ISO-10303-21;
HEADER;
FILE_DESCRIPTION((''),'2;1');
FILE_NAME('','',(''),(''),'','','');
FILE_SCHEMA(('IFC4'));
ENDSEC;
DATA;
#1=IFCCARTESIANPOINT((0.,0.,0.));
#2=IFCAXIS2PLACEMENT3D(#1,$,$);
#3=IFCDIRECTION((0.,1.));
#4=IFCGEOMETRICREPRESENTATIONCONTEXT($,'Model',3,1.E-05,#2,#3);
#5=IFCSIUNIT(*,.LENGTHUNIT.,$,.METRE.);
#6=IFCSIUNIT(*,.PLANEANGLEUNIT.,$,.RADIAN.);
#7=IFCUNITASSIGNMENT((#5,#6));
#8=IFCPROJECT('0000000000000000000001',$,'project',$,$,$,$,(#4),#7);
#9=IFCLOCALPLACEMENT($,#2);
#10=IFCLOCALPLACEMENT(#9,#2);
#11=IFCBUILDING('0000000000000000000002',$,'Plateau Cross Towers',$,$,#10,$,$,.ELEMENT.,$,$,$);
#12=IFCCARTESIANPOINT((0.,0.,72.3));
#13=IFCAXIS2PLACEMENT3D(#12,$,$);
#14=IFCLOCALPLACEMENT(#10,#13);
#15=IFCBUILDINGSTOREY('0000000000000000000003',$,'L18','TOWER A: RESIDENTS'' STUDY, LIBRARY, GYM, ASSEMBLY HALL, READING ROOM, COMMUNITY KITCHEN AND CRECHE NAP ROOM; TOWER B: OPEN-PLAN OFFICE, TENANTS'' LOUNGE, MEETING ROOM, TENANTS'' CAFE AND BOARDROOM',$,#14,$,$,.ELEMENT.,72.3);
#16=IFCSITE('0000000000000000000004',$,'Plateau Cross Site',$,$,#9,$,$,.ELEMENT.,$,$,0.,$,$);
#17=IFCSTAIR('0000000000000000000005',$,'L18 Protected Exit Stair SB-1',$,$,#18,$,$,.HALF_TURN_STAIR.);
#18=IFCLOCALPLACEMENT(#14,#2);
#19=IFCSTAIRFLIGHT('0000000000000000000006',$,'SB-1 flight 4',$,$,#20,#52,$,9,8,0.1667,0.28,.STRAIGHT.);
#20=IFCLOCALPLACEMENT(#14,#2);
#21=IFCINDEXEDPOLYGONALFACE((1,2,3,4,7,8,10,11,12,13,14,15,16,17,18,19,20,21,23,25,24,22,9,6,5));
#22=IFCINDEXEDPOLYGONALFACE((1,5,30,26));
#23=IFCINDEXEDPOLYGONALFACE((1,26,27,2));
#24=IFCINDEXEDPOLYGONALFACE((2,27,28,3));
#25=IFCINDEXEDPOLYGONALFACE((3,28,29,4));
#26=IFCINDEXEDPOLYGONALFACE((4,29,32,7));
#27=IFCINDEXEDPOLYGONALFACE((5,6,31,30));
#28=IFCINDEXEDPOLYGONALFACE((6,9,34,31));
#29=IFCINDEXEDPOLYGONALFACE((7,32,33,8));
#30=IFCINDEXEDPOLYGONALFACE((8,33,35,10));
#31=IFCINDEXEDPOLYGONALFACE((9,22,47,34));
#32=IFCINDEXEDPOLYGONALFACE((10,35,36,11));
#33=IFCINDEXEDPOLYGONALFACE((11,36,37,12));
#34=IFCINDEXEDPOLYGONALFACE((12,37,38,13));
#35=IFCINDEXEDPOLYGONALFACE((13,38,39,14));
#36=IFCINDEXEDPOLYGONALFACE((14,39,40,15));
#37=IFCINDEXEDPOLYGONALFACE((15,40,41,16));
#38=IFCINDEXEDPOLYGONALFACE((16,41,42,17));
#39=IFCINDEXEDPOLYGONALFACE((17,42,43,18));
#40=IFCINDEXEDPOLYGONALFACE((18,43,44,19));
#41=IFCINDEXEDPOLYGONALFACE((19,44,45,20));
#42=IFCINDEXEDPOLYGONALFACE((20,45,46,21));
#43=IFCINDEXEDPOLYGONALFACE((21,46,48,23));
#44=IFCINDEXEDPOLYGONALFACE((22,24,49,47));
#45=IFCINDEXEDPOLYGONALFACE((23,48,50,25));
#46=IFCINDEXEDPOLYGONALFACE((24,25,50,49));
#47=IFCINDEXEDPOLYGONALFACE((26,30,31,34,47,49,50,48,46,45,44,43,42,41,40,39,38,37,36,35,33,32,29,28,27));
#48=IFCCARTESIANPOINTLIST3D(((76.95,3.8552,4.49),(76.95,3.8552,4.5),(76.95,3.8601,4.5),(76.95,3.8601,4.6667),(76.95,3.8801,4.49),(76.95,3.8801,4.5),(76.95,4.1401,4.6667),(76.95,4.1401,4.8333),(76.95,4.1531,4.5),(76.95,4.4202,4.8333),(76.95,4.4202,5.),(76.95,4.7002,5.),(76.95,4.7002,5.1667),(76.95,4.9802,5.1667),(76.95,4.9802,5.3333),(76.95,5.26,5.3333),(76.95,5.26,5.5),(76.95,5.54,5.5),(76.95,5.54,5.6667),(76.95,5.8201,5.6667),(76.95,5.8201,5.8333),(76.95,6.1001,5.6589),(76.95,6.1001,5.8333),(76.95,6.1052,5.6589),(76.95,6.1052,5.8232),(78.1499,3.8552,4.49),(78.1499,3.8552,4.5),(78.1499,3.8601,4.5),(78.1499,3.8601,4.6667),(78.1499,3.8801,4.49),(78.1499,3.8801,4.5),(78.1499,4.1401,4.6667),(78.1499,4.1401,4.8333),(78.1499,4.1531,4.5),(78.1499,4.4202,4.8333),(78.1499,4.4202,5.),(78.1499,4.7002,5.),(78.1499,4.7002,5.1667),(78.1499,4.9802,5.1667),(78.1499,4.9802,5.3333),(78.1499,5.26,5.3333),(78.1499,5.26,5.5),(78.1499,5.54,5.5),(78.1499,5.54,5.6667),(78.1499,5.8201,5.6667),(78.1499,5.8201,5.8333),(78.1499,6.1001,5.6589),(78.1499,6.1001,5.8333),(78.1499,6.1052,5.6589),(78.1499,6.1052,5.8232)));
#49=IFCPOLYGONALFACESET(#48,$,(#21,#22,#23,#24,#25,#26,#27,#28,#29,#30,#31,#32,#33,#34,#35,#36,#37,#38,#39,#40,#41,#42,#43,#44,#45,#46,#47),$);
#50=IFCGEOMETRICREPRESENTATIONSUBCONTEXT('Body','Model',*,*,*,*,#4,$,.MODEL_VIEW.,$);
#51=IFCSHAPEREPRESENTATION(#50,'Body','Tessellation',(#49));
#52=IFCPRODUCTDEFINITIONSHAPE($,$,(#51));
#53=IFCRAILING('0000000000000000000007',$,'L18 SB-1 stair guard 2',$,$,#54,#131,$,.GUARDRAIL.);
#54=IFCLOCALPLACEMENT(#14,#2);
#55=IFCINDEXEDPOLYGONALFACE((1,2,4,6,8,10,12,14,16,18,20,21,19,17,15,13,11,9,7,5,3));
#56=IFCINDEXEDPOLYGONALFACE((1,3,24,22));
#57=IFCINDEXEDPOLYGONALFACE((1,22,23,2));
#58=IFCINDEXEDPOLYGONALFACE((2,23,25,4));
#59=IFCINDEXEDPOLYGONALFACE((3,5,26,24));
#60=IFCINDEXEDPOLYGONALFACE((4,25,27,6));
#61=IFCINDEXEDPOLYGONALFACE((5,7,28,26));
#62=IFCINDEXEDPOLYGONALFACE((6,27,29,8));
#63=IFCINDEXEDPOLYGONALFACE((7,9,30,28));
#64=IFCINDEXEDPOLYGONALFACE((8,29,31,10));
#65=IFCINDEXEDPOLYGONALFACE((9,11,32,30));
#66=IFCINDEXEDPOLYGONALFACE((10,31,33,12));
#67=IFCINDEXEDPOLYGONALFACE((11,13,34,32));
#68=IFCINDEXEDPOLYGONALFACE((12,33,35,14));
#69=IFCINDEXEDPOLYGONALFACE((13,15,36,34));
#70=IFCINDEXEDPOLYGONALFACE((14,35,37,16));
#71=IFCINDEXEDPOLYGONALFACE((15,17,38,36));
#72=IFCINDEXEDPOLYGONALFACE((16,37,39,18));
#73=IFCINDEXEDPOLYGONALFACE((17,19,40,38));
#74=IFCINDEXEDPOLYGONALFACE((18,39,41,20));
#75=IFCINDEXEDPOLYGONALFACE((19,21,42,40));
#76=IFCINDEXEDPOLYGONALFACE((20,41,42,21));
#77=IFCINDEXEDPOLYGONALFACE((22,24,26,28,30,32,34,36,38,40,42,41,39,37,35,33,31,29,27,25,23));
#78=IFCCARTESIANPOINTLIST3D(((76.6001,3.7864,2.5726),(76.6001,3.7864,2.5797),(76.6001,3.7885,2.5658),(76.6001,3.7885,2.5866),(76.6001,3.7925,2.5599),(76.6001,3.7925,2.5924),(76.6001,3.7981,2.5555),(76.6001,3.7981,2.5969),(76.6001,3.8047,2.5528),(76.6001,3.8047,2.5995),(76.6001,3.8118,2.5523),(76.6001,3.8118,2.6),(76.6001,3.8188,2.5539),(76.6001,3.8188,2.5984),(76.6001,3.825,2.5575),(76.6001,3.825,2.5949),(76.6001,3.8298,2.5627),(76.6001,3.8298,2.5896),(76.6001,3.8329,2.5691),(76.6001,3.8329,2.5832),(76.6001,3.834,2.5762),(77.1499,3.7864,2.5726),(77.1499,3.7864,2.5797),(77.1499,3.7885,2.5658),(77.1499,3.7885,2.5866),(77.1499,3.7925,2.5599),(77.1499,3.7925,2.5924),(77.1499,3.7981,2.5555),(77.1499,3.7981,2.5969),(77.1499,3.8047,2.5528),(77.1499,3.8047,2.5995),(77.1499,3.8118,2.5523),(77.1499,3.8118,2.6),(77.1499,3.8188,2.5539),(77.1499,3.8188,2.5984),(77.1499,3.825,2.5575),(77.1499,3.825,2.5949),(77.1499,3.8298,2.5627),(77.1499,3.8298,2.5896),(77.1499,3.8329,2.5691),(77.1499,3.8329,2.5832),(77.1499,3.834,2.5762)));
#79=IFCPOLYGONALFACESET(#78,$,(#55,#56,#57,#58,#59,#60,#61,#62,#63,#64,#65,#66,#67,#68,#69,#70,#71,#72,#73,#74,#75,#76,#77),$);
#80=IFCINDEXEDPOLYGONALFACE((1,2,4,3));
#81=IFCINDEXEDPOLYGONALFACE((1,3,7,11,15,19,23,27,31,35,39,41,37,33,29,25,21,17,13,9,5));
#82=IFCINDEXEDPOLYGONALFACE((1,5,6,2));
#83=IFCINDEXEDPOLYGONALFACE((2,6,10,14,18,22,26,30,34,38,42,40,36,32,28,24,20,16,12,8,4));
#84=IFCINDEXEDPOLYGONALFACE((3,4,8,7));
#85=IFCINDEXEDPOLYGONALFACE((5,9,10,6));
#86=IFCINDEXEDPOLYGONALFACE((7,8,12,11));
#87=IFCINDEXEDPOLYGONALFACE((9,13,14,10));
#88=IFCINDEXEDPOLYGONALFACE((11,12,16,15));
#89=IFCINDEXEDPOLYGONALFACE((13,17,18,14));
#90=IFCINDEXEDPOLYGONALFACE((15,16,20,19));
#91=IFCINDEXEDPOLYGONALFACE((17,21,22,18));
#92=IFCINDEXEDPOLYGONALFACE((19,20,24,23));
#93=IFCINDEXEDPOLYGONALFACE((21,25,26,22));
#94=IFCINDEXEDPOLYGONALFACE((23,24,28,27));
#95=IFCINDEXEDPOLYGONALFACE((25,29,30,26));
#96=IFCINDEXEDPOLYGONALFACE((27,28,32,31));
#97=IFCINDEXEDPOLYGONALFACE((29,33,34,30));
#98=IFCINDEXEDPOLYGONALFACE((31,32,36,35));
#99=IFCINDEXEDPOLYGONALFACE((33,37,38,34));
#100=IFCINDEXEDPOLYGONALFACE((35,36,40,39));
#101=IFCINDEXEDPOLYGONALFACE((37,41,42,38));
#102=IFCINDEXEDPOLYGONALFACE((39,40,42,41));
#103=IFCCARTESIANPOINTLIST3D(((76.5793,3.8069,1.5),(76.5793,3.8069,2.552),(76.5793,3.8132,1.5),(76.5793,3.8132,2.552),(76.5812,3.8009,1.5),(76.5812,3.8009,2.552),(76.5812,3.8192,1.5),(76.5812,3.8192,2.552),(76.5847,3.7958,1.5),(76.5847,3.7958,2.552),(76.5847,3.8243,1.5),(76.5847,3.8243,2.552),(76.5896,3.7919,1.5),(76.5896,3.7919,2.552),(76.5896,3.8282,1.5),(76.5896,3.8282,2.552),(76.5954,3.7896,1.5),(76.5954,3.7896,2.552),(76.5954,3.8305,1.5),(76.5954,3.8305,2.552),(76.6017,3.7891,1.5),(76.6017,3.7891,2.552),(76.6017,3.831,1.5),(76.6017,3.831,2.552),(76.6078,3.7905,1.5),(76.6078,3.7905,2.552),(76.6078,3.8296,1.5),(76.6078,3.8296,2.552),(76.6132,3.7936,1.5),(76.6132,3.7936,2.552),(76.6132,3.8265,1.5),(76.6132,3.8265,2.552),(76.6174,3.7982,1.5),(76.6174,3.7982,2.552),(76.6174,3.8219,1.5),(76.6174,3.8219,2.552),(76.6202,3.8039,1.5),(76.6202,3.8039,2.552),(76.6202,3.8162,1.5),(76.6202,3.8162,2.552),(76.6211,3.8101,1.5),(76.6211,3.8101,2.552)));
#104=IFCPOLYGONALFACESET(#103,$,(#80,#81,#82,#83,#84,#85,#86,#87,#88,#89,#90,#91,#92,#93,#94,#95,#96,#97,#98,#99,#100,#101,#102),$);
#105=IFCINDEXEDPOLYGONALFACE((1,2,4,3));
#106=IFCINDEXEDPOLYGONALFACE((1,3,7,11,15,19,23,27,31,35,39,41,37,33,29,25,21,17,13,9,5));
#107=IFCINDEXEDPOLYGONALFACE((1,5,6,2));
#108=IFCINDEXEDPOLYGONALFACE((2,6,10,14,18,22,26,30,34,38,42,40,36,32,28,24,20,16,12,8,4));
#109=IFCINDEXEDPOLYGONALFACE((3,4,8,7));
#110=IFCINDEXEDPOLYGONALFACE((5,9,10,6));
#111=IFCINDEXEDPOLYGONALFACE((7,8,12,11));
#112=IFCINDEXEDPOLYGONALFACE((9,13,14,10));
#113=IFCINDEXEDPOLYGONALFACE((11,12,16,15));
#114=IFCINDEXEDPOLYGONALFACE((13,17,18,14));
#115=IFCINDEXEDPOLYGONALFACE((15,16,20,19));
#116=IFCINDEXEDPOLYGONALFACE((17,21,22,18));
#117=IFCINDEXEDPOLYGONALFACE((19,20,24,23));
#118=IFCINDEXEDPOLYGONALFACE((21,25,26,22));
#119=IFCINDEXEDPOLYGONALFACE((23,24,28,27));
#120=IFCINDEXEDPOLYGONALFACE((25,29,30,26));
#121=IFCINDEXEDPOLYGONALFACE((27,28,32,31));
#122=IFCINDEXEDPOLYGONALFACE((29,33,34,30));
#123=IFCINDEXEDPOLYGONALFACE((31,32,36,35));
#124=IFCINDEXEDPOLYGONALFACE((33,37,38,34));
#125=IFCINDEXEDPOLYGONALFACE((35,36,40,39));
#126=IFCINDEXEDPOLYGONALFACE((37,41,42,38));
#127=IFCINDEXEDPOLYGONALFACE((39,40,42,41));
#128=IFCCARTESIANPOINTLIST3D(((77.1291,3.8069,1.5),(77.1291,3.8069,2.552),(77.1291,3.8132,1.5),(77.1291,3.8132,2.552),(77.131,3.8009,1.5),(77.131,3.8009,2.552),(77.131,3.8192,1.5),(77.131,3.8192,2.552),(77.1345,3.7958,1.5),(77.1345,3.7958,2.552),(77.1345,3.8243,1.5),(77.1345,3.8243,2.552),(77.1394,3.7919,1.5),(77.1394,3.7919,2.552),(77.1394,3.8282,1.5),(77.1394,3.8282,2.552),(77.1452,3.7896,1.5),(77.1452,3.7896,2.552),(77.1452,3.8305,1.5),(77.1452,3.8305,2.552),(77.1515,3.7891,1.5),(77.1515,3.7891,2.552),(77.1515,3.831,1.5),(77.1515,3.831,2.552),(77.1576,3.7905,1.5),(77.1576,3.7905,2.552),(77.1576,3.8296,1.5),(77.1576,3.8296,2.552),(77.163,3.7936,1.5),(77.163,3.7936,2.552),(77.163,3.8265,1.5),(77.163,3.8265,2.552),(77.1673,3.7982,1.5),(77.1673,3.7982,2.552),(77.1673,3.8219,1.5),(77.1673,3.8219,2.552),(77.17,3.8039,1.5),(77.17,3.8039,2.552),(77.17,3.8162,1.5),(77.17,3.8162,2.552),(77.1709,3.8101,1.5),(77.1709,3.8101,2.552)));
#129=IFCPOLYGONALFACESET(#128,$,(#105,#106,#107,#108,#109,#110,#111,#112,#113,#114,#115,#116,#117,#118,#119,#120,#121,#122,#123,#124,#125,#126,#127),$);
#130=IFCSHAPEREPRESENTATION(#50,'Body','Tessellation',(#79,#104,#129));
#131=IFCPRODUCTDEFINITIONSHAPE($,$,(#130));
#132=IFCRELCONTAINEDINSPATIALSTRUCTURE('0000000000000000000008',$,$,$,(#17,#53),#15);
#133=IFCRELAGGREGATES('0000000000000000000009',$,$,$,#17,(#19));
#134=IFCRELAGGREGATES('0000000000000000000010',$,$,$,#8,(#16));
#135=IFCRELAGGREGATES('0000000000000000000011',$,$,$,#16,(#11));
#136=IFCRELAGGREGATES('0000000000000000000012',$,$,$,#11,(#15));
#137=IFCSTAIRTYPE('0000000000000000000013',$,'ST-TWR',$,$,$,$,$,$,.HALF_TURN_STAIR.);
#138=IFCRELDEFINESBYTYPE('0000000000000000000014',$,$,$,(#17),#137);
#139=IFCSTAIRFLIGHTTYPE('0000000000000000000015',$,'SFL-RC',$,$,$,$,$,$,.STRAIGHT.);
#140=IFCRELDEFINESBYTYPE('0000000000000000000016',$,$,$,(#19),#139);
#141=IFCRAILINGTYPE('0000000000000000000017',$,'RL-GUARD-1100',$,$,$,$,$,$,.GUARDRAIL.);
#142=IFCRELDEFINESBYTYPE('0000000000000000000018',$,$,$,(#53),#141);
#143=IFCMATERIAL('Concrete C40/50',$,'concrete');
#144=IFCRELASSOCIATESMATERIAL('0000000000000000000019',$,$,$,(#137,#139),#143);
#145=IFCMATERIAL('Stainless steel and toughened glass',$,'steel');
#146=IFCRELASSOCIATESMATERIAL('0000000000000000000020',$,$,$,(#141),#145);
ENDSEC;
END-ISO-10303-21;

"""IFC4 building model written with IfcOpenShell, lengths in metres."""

from ifc_helpers import new_model, si_unit, direction, frame, origin, origin_2d, place, context, subcontext, project, spatial, polyline, circle, outline, extrude, material, type_object, element, aggregate, save


model = new_model("IFC4")

# Units and contexts
model_context = context("Model", 3, precision=1e-05, world=origin(), true_north=direction((0.0, 1.0)))
body_context = subcontext(model_context, "Body", "Model", "MODEL_VIEW")
ifc_project = project(units=[si_unit("LENGTHUNIT", "METRE"), si_unit("PLANEANGLEUNIT", "RADIAN")], contexts=[model_context])

# Site, building, storey
site_placement = place(None, origin())
site = spatial("IfcSite", under=ifc_project, at=site_placement, Name="Plateau Cross Site", CompositionType="ELEMENT", RefElevation=0.0)
building_placement = place(site_placement, origin())
building = spatial("IfcBuilding", under=site, at=building_placement, Name="Plateau Cross Towers", CompositionType="ELEMENT")
storey_placement = place(building_placement, frame((0.0, 0.0, 72.3)))
storey = spatial("IfcBuildingStorey", under=building, at=storey_placement, Name="L18", Description="TOWER A: RESIDENTS' STUDY, LIBRARY, GYM, ASSEMBLY HALL, READING ROOM, COMMUNITY KITCHEN AND CRECHE NAP ROOM; TOWER B: OPEN-PLAN OFFICE, TENANTS' LOUNGE, MEETING ROOM, TENANTS' CAFE AND BOARDROOM", CompositionType="ELEMENT", Elevation=72.3)

# Stair, stair flight
ifc_material_1 = material(Name="Concrete C40/50", Category="concrete")
stair_type = type_object("IfcStairType", Name="ST-TWR", PredefinedType="HALF_TURN_STAIR", material=ifc_material_1)
stair_placement = place(storey_placement, origin())
stair = element("IfcStair", 1, at=stair_placement, inside=storey, type_object=stair_type, Name="L18 Protected Exit Stair SB-1", PredefinedType="HALF_TURN_STAIR")
stair_flight_type = type_object("IfcStairFlightType", Name="SFL-RC", PredefinedType="STRAIGHT", material=ifc_material_1)
stair_flight_1_placement = place(storey_placement, frame((77.55, 3.8601, 4.5), z_axis=(0.0, 0.0, 1.0), x_axis=(0.0, 1.0, 0.0)))
stair_flight_1 = element("IfcStairFlight", 2, at=stair_flight_1_placement, type_object=stair_flight_type, Name="SB-1 flight 4", NumberOfRisers=9, NumberOfTreads=8, PredefinedType="STRAIGHT", RiserHeight=0.1667, TreadLength=0.28, context=body_context, shape_type="SweptSolid", body=[
    extrude(outline(polyline([(-0.0049, -0.01), (-0.0049, 0.0), (0.0, 0.0), (0.0, 0.1667), (0.28, 0.1667), (0.28, 0.3333), (0.5601, 0.3333), (0.5601, 0.5), (0.8401, 0.5), (0.8401, 0.6667), (1.1201, 0.6667), (1.1201, 0.8333), (1.3999, 0.8333), (1.3999, 1.0), (1.6799, 1.0), (1.6799, 1.1667), (1.96, 1.1667), (1.96, 1.3333), (2.24, 1.3333), (2.2451, 1.3232), (2.2451, 1.1589), (2.24, 1.1589), (0.293, 0.0), (0.02, 0.0), (0.02, -0.01), (-0.0049, -0.01)])), frame((0.0, 0.6001, 0.0), z_axis=(0.0, -1.0, 0.0), x_axis=(1.0, 0.0, 0.0)), (0.0, 0.0, 1.0), 1.2),
])
aggregate(stair, [stair_flight_1])

# Railing
ifc_material_2 = material(Name="Stainless steel and toughened glass", Category="steel")
railing_type_1 = type_object("IfcRailingType", Name="RL-GUARD-1100", PredefinedType="GUARDRAIL", material=ifc_material_2)
railing_1_placement = place(storey_placement, frame((76.6001, 3.8101, 1.5)))
element("IfcRailing", 3, at=railing_1_placement, inside=storey, type_object=railing_type_1, Name="L18 SB-1 stair guard 2", PredefinedType="GUARDRAIL", context=body_context, shape_type="SweptSolid", body=[
    extrude(circle(Radius=0.0239, at=origin_2d()), frame((0.0, 0.0, 1.0762), z_axis=(1.0, 0.0, 0.0), x_axis=(0.0, 1.0, 0.0)), (0.0, 0.0, 1.0), 0.5498),
    extrude(circle(Radius=0.021, at=origin_2d()), origin(), (0.0, 0.0, 1.0), 1.052),
    extrude(circle(Radius=0.021, at=origin_2d()), frame((0.5498, 0.0, 0.0)), (0.0, 0.0, 1.0), 1.052),
])

save(model, "model.ifc")
